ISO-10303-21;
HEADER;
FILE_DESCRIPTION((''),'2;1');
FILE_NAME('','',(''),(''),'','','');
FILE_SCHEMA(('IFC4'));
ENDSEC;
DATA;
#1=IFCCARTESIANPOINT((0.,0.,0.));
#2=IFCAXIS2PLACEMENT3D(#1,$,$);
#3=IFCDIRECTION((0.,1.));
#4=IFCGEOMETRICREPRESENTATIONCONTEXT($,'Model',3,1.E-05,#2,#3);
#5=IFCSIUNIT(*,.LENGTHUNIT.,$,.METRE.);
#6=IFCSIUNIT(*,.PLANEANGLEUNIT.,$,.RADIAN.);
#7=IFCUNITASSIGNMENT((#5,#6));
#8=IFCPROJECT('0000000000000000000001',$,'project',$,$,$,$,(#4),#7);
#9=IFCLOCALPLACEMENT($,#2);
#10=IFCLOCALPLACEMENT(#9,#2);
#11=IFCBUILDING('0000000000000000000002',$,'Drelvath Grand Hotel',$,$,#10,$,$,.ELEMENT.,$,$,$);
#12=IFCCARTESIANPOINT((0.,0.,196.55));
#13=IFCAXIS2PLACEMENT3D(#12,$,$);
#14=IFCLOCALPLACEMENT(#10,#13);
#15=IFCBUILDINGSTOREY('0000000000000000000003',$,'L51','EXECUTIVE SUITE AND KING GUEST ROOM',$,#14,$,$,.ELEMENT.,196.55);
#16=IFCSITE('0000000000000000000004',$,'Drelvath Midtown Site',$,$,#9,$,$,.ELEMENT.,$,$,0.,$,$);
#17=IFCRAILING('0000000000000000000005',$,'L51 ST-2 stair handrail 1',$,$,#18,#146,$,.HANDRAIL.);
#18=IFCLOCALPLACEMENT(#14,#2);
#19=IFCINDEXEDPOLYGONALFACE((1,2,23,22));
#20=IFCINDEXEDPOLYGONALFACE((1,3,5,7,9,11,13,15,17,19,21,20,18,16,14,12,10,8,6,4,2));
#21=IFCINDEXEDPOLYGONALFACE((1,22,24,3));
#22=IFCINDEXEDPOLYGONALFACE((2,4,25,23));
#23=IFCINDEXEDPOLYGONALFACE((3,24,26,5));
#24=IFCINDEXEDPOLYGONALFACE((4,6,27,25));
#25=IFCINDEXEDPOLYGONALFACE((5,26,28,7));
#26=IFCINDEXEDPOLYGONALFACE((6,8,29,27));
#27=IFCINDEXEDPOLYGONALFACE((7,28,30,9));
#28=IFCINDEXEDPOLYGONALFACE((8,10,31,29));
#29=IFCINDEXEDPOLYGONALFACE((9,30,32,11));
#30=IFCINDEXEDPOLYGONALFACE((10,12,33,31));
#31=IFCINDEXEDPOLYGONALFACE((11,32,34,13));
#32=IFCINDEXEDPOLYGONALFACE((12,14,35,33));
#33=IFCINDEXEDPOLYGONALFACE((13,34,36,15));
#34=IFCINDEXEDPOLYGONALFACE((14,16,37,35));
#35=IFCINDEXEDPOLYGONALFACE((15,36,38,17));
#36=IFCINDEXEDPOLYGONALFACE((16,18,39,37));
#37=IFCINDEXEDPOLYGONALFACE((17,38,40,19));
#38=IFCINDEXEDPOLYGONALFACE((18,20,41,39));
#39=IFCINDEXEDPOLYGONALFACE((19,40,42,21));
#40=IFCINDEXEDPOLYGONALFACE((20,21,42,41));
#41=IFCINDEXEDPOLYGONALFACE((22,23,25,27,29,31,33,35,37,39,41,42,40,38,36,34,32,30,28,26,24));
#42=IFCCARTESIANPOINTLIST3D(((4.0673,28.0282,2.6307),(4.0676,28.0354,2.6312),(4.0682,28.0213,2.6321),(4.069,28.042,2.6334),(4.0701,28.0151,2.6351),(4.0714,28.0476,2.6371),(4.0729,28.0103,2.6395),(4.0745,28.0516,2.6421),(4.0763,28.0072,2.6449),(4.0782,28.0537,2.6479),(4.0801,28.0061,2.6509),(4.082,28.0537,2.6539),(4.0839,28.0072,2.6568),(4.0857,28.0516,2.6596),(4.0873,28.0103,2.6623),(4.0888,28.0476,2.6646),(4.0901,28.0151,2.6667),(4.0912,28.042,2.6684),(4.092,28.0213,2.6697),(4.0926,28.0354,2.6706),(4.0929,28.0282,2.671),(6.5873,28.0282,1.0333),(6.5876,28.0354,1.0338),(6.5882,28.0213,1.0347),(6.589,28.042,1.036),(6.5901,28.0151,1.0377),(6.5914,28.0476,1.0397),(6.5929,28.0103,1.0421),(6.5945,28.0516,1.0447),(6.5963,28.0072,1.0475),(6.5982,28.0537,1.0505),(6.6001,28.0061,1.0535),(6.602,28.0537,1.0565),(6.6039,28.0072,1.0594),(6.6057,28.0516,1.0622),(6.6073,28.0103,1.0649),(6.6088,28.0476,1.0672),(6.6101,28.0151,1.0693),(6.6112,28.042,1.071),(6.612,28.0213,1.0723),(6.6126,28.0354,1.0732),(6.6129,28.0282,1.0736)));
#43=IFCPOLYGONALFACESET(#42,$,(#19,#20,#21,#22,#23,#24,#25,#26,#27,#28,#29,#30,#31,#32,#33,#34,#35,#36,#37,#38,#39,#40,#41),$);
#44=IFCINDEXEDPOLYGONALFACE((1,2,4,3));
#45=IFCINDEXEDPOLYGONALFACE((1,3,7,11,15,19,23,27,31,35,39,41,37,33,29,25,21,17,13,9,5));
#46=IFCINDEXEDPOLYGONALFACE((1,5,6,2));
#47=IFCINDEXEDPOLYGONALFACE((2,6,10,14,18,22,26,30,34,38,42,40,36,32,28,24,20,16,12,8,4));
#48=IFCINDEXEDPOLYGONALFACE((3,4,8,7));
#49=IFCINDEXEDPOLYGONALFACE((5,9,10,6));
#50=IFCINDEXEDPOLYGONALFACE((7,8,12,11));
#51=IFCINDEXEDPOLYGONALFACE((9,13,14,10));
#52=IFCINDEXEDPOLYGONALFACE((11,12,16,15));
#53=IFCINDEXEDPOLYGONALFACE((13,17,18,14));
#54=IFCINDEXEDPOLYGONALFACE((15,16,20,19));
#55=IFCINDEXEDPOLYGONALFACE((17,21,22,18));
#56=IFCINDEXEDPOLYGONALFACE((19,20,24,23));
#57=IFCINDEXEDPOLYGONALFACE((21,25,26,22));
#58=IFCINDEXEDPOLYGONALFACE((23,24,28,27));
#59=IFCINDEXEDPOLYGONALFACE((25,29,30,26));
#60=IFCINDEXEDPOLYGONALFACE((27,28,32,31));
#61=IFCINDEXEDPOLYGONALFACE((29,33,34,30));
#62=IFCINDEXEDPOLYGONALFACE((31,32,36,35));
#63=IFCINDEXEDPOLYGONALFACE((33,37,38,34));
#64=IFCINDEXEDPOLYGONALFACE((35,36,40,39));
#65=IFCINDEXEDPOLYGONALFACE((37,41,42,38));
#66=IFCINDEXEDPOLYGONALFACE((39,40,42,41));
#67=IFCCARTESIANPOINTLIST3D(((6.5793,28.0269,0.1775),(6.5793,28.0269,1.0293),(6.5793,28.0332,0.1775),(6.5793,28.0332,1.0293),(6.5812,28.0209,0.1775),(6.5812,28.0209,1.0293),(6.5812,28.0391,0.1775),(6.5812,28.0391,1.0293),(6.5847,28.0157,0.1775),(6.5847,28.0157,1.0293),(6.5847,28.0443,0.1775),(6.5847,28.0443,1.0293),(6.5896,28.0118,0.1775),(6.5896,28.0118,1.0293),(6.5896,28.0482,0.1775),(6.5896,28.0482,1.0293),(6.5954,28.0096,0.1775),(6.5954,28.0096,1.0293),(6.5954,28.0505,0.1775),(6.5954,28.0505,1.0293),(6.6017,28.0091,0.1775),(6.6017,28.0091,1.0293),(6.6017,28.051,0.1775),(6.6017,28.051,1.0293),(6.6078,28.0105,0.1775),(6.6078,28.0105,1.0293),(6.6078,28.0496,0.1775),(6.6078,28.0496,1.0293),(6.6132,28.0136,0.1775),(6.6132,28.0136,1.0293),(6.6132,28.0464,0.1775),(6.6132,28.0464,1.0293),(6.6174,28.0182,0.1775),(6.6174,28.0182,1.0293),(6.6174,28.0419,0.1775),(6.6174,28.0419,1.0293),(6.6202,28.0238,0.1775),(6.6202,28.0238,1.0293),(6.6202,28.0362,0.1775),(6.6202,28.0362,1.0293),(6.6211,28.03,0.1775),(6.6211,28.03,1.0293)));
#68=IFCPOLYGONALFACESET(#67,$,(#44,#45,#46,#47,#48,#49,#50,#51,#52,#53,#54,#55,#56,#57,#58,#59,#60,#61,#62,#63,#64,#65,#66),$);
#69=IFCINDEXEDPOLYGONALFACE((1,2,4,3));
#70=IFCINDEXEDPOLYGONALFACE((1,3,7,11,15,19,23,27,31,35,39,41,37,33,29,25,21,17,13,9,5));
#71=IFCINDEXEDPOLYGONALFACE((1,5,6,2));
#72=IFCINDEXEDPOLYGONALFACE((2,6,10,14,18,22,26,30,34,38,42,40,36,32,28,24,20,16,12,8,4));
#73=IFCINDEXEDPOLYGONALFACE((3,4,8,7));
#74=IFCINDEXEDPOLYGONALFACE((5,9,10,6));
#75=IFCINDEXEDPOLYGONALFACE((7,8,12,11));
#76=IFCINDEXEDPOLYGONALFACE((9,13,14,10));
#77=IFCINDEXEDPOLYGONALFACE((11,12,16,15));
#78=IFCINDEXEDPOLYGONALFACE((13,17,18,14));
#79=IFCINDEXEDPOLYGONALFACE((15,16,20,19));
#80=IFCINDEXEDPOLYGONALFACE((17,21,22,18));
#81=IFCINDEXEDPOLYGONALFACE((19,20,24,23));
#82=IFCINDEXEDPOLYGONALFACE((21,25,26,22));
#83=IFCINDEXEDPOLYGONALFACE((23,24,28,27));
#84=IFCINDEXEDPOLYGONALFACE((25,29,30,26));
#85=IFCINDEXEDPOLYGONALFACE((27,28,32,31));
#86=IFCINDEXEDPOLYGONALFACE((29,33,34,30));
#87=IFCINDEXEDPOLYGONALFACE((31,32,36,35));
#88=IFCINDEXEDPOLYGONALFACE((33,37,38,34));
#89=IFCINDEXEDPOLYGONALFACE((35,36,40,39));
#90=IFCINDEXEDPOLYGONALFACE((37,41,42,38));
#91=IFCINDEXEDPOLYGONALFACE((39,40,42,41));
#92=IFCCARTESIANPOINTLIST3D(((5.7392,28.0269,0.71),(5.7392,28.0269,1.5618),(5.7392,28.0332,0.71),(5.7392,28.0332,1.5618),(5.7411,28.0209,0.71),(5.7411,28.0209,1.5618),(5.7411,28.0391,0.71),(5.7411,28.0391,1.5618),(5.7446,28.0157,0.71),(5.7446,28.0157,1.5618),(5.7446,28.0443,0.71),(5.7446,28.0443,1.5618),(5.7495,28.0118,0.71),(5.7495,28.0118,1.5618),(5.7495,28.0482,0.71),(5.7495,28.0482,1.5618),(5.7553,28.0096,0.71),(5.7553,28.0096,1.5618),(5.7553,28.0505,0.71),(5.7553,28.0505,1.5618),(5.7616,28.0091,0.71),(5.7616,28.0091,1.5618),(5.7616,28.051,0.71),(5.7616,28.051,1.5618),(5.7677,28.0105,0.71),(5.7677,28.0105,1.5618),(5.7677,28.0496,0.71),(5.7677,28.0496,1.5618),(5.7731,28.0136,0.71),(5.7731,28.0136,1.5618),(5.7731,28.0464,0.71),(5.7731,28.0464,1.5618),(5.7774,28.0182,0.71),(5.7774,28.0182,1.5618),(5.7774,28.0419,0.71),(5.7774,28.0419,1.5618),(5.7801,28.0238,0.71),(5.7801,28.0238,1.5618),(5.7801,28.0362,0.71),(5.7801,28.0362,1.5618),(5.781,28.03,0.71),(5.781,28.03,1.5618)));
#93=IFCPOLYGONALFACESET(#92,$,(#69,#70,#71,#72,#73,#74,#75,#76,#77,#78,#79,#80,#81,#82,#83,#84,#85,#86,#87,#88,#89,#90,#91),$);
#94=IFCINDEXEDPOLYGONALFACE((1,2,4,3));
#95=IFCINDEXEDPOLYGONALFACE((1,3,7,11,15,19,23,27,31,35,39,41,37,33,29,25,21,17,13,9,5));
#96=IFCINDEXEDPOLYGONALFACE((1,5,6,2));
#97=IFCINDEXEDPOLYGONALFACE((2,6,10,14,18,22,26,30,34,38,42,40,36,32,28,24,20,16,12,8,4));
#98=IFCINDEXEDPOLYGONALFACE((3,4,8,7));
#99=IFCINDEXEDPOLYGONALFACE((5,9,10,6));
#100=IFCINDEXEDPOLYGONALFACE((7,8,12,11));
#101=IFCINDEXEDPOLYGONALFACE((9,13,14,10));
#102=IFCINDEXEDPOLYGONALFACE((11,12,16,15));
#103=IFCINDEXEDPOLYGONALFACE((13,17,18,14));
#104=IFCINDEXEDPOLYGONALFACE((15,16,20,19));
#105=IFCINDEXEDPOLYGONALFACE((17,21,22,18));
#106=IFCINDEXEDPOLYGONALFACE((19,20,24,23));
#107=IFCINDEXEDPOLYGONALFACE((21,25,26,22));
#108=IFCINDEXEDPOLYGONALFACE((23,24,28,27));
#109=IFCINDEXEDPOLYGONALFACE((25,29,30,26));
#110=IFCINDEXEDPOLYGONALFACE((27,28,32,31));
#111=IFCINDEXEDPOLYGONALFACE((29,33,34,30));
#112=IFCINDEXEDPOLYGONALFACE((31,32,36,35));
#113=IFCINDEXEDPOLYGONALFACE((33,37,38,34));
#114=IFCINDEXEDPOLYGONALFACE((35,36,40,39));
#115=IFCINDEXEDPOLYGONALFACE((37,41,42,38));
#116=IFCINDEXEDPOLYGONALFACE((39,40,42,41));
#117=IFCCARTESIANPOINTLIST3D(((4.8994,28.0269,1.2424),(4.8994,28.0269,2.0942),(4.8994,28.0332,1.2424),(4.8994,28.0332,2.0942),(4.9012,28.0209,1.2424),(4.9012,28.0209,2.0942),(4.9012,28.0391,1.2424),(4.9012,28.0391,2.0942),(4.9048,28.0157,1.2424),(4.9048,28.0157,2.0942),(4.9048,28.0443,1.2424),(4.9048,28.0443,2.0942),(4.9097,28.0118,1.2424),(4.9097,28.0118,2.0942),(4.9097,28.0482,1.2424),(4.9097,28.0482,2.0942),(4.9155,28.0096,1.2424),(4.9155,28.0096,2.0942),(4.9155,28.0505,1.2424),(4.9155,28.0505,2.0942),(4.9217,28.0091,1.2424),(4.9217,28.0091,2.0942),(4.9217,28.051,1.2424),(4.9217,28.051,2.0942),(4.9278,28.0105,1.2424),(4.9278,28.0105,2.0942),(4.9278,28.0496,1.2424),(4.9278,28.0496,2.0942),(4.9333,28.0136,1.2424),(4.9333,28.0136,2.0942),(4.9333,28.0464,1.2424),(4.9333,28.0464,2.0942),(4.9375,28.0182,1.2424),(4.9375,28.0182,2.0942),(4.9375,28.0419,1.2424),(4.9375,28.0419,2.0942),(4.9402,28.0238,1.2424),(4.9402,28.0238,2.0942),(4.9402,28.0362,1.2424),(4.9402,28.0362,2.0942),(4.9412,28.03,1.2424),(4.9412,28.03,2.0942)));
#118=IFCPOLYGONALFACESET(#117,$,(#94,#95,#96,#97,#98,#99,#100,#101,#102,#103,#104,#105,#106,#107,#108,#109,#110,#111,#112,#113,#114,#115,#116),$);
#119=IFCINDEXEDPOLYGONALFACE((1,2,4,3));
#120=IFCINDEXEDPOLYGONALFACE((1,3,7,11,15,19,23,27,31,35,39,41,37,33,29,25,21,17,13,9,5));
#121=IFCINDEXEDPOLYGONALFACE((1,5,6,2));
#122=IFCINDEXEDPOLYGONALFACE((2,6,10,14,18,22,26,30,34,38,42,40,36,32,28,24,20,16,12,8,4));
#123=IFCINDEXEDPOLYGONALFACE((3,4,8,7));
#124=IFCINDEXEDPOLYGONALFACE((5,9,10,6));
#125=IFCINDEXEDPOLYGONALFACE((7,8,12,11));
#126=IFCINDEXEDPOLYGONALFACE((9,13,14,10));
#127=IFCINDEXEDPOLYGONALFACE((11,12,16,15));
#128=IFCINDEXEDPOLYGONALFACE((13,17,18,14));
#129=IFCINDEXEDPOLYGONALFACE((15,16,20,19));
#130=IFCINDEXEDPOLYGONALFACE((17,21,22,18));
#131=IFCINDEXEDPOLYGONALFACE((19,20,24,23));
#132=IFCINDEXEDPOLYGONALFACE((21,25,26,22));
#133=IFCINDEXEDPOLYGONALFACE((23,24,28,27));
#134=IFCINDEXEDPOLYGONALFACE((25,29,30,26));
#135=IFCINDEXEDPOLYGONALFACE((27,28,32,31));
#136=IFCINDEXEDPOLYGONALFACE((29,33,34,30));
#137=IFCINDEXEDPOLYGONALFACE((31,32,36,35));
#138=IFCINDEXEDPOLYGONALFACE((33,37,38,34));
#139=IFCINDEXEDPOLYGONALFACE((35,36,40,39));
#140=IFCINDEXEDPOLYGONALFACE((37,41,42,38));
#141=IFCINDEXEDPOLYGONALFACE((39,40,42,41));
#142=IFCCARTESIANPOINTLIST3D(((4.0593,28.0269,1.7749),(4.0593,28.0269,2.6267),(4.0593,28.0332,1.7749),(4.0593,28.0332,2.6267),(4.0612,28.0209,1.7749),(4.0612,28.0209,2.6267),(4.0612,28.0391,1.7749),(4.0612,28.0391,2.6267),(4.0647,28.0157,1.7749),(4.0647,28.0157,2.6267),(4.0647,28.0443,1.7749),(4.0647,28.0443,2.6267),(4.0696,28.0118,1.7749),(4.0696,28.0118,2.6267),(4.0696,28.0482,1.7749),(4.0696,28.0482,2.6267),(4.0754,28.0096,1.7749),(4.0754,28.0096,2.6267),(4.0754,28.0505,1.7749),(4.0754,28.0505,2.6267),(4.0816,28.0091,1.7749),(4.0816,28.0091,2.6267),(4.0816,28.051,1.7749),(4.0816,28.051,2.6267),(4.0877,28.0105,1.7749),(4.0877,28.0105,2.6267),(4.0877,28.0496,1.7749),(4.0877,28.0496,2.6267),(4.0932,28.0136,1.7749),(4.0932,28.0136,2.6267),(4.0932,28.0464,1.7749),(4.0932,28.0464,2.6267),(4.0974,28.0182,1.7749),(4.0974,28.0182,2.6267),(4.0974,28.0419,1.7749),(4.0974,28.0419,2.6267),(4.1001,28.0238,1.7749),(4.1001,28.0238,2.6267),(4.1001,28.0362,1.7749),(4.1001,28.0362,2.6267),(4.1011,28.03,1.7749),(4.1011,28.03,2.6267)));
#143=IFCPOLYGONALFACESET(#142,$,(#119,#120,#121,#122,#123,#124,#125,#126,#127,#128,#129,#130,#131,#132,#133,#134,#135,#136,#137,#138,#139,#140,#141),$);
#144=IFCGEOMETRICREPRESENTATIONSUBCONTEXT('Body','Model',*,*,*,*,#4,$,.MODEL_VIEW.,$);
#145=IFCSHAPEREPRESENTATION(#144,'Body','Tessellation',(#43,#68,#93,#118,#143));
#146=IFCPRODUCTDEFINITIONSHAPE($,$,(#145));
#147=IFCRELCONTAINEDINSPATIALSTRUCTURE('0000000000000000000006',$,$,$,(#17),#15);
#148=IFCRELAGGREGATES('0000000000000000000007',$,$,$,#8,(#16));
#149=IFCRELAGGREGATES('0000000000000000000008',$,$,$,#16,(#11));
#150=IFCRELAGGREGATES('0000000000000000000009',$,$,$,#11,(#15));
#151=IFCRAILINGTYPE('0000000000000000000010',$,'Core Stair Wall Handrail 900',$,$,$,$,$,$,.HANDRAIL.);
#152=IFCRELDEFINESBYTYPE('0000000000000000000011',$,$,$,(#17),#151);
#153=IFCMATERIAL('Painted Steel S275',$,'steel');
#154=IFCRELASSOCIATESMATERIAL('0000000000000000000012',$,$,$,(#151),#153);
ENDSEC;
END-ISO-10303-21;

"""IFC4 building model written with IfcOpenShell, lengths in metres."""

from ifc_helpers import new_model, si_unit, direction, frame, origin, origin_2d, place, context, subcontext, project, spatial, circle, extrude, material, type_object, element, save


model = new_model("IFC4")

# Units and contexts
model_context = context("Model", 3, precision=1e-05, world=origin(), true_north=direction((0.0, 1.0)))
body_context = subcontext(model_context, "Body", "Model", "MODEL_VIEW")
ifc_project = project(units=[si_unit("LENGTHUNIT", "METRE"), si_unit("PLANEANGLEUNIT", "RADIAN")], contexts=[model_context])

# Site, building, storey
site_placement = place(None, origin())
site = spatial("IfcSite", under=ifc_project, at=site_placement, Name="Drelvath Midtown Site", CompositionType="ELEMENT", RefElevation=0.0)
building_placement = place(site_placement, origin())
building = spatial("IfcBuilding", under=site, at=building_placement, Name="Drelvath Grand Hotel", CompositionType="ELEMENT")
storey_placement = place(building_placement, frame((0.0, 0.0, 196.55)))
storey = spatial("IfcBuildingStorey", under=building, at=storey_placement, Name="L51", Description="EXECUTIVE SUITE AND KING GUEST ROOM", CompositionType="ELEMENT", Elevation=196.55)

# Shared definitions
ifc_material_1 = material(Name="Painted Steel S275", Category="steel")

# Railing
railing_type_1 = type_object("IfcRailingType", Name="Core Stair Wall Handrail 900", PredefinedType="HANDRAIL", material=ifc_material_1)
railing_1_placement = place(storey_placement, frame((6.6001, 28.03, 0.1775)))
element("IfcRailing", 1, at=railing_1_placement, inside=storey, type_object=railing_type_1, Name="L51 ST-2 stair handrail 1", PredefinedType="HANDRAIL", context=body_context, shape_type="SweptSolid", body=[
    extrude(circle(Radius=0.0239, at=origin_2d()), frame((0.0, 0.0, 0.876), z_axis=(-0.844607, 0.0, 0.535387), x_axis=(0.0, -1.0, 0.0)), (0.0, 0.0, 1.0), 2.9836),
    extrude(circle(Radius=0.021, at=origin_2d()), origin(), (0.0, 0.0, 1.0), 0.8518),
    extrude(circle(Radius=0.021, at=origin_2d()), frame((-0.8401, 0.0, 0.5325)), (0.0, 0.0, 1.0), 0.8518),
    extrude(circle(Radius=0.021, at=origin_2d()), frame((-1.6799, 0.0, 1.0649)), (0.0, 0.0, 1.0), 0.8518),
    extrude(circle(Radius=0.021, at=origin_2d()), frame((-2.52, 0.0, 1.5974)), (0.0, 0.0, 1.0), 0.8518),
])

save(model, "model.ifc")
